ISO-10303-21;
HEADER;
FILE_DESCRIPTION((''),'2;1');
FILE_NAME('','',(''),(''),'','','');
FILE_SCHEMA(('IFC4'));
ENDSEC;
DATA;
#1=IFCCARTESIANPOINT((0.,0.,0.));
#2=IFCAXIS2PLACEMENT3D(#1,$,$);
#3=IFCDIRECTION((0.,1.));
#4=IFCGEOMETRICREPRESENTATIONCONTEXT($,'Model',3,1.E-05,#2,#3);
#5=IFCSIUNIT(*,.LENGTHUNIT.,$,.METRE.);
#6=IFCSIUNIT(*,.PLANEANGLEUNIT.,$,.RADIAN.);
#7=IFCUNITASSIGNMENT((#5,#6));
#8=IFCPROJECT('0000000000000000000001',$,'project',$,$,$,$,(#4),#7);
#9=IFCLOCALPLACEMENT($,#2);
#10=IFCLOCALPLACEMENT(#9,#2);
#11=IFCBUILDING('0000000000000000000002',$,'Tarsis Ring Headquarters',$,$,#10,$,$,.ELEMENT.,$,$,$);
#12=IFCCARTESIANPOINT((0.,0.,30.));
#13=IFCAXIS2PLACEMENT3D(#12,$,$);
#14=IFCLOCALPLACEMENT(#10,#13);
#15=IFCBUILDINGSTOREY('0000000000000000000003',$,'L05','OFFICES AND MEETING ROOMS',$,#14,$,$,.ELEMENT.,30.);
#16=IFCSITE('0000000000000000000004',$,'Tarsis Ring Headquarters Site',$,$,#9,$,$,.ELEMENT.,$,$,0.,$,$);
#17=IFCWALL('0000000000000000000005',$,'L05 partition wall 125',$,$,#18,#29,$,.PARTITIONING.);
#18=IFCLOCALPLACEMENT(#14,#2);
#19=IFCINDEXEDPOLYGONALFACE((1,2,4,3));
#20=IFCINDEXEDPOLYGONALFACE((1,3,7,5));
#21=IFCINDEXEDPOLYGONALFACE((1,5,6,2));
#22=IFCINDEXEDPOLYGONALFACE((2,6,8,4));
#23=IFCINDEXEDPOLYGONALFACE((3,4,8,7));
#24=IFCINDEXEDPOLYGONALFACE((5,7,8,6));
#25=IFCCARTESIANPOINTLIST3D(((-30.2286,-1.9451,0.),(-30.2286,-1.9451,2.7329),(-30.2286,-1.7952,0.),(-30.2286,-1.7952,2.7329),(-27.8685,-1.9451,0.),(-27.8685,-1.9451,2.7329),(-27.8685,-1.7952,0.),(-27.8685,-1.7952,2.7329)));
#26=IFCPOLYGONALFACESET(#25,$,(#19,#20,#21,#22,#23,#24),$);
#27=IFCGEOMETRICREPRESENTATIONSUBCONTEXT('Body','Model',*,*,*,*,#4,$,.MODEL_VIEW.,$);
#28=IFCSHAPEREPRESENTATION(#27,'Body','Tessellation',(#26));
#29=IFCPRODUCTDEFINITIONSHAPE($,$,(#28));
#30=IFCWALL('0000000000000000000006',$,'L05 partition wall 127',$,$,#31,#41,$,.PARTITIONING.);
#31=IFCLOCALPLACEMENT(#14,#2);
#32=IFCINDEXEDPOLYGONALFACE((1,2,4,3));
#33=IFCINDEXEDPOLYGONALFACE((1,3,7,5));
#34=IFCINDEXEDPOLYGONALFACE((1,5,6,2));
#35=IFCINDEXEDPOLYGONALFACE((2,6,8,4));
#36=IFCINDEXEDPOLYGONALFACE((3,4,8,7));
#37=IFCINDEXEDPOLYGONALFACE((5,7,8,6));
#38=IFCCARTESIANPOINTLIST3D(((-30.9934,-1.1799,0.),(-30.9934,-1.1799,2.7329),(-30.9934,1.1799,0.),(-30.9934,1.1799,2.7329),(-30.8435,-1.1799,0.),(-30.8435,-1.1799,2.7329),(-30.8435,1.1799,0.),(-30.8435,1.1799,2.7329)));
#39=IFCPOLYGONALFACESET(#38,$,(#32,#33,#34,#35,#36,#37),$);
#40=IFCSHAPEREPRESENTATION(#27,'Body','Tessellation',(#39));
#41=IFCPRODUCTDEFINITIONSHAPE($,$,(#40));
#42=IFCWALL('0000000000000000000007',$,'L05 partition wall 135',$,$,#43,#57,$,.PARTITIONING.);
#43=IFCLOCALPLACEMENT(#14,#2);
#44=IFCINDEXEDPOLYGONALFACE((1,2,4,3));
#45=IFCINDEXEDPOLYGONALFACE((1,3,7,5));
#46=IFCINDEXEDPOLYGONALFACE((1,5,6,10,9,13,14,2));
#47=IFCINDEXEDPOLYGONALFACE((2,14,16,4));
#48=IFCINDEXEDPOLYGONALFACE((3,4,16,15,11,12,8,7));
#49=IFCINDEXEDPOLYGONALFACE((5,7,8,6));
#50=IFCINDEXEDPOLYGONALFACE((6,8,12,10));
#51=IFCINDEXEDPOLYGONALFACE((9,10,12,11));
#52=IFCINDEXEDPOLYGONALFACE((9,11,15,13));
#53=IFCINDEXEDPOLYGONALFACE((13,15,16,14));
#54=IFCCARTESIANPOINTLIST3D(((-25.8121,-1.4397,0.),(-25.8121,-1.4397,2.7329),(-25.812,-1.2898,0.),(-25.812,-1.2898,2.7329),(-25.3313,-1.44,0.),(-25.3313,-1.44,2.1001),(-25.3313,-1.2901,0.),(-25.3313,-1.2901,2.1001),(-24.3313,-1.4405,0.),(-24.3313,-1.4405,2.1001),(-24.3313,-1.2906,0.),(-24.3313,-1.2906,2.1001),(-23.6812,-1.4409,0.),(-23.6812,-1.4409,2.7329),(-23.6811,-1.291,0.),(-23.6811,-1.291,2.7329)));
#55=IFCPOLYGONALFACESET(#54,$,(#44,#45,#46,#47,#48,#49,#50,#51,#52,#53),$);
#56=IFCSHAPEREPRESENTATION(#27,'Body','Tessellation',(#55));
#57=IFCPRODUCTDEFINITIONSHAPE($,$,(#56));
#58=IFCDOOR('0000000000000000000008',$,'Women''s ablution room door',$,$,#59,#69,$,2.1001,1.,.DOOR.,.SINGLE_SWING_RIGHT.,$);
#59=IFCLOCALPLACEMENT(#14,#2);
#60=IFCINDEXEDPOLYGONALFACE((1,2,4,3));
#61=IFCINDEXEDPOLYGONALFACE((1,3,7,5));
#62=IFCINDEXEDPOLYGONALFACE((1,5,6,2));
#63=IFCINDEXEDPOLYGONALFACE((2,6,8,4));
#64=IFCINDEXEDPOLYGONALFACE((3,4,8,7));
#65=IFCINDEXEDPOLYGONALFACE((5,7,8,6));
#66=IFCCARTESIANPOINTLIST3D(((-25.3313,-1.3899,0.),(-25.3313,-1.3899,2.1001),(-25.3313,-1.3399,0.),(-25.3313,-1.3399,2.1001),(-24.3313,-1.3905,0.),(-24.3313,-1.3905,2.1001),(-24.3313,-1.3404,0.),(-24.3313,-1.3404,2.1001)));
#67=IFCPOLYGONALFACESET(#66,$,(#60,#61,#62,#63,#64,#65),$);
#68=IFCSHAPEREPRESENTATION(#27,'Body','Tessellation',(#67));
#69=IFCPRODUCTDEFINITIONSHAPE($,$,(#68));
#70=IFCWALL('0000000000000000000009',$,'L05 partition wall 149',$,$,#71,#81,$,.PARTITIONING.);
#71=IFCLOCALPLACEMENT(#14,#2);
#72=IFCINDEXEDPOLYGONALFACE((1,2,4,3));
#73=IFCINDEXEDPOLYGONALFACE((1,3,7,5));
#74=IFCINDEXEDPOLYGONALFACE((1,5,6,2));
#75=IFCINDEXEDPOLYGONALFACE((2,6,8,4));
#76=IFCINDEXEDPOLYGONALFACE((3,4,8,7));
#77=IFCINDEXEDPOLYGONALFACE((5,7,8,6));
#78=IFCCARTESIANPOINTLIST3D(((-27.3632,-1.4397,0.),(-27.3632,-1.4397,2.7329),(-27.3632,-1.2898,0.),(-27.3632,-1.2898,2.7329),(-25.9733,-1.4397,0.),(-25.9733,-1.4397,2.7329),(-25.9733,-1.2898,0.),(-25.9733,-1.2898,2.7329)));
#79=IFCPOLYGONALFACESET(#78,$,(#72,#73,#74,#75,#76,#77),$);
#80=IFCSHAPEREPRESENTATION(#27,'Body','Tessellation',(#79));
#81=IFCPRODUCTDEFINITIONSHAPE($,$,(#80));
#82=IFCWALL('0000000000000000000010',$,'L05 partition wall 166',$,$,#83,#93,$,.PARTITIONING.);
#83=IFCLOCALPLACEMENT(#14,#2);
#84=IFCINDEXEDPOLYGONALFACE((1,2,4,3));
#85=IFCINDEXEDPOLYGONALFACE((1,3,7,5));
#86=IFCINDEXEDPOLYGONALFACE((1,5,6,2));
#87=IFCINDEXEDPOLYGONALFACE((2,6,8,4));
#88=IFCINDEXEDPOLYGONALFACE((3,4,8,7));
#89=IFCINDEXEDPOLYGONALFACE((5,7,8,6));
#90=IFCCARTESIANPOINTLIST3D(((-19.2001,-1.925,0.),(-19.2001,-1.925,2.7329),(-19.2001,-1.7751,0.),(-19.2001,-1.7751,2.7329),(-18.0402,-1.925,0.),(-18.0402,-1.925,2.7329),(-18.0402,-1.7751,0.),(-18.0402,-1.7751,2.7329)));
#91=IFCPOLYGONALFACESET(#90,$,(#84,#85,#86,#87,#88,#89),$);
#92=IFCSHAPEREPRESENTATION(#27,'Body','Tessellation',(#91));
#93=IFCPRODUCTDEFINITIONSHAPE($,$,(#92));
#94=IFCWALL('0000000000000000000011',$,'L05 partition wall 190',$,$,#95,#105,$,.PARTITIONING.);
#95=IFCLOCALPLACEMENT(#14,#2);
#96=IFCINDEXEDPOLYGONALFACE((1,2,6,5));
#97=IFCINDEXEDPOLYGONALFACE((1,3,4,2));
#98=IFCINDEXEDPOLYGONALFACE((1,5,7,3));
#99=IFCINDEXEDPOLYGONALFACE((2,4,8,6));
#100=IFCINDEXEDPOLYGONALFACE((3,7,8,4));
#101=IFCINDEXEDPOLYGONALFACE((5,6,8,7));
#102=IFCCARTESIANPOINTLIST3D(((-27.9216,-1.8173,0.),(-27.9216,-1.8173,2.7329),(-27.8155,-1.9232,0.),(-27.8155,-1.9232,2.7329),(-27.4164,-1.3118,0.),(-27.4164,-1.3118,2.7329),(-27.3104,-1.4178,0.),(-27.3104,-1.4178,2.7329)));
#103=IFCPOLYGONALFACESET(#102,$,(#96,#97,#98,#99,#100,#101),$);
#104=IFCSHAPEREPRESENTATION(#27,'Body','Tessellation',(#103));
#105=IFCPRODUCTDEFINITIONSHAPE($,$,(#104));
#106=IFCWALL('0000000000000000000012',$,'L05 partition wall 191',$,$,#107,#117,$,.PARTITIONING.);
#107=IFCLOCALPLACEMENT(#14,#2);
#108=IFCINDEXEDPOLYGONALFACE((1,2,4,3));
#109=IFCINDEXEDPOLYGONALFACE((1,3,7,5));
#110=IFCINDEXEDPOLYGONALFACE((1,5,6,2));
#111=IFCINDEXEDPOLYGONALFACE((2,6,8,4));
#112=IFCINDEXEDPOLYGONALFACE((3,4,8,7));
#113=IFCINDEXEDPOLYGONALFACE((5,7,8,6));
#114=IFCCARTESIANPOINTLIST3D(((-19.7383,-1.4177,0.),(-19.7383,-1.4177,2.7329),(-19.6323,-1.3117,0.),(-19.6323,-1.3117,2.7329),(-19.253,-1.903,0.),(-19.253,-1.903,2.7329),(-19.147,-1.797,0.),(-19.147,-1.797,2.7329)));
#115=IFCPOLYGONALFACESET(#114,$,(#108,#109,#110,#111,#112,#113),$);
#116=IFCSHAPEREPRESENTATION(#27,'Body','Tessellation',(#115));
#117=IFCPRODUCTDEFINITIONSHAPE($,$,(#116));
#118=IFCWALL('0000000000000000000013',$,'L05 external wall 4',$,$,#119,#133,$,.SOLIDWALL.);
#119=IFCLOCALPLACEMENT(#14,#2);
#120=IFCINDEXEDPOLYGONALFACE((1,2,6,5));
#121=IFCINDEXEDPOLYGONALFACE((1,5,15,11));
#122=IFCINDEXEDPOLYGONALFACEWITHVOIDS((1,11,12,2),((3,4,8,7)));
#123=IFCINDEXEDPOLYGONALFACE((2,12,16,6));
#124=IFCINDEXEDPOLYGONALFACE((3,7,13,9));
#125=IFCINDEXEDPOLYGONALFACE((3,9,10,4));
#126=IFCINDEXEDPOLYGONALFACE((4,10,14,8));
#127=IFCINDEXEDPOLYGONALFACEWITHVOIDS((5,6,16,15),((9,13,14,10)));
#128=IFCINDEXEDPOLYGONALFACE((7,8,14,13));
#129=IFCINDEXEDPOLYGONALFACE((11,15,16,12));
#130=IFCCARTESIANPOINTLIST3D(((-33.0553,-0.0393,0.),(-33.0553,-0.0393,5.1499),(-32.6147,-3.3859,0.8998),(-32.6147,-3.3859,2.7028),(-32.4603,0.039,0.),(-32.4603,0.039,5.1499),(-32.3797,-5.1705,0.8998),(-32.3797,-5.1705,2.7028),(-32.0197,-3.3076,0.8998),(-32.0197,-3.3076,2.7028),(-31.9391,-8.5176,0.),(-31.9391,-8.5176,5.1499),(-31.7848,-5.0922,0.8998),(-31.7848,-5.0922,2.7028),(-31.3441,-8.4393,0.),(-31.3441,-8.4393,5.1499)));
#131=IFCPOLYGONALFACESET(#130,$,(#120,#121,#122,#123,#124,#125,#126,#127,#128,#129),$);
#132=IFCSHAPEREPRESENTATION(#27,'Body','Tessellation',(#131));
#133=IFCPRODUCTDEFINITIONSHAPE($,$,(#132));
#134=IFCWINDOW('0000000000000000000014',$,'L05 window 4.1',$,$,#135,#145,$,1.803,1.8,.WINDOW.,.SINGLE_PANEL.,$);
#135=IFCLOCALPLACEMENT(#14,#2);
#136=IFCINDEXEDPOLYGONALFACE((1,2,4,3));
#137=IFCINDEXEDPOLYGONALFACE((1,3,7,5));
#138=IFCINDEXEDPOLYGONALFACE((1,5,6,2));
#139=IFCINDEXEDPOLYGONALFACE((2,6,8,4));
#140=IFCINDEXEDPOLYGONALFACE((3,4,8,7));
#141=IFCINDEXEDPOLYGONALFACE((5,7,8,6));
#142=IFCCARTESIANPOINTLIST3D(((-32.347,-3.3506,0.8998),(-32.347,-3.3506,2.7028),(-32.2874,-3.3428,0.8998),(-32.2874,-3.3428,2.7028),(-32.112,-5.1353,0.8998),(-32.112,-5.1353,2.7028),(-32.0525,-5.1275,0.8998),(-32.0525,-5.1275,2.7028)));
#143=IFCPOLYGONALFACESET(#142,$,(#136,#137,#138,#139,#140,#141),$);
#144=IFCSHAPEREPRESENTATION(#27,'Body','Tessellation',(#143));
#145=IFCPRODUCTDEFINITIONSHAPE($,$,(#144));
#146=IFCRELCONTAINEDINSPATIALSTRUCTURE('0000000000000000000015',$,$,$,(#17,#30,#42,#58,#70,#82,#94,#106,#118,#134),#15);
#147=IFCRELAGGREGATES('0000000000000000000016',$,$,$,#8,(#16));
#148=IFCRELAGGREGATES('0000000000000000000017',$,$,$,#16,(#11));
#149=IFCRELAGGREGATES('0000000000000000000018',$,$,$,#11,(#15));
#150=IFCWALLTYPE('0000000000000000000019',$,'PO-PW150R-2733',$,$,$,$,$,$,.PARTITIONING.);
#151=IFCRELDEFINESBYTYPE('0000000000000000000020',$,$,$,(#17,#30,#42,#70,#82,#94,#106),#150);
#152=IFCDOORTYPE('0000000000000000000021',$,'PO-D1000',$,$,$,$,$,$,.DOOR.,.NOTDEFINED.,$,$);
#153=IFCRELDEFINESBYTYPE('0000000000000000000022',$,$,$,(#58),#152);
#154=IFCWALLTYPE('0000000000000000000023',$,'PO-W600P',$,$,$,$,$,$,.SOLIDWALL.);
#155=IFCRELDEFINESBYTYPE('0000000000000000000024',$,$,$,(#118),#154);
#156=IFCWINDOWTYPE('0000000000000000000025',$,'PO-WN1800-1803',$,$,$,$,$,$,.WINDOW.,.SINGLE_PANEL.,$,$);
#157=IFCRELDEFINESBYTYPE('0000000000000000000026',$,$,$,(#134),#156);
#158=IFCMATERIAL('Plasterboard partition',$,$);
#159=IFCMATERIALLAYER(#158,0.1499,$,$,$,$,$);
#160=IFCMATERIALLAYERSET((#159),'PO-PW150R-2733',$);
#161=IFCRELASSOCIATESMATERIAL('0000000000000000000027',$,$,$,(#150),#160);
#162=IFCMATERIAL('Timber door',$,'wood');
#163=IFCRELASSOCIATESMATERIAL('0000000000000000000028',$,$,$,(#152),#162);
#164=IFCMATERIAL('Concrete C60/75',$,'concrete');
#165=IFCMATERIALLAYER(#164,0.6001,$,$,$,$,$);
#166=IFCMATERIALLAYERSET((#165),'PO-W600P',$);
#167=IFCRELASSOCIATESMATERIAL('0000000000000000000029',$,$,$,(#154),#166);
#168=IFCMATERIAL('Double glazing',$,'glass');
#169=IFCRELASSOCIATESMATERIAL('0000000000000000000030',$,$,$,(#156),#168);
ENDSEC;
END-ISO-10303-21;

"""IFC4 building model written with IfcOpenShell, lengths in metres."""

from ifc_helpers import new_model, si_unit, direction, frame, frame_2d, origin, place, context, subcontext, project, spatial, rectangle, extrude, material, layer, layer_set, type_object, element, fill, save


model = new_model("IFC4")

# Units and contexts
model_context = context("Model", 3, precision=1e-05, world=origin(), true_north=direction((0.0, 1.0)))
body_context = subcontext(model_context, "Body", "Model", "MODEL_VIEW")
ifc_project = project(units=[si_unit("LENGTHUNIT", "METRE"), si_unit("PLANEANGLEUNIT", "RADIAN")], contexts=[model_context])

# Site, building, storey
site_placement = place(None, origin())
site = spatial("IfcSite", under=ifc_project, at=site_placement, Name="Tarsis Ring Headquarters Site", CompositionType="ELEMENT", RefElevation=0.0)
building_placement = place(site_placement, origin())
building = spatial("IfcBuilding", under=site, at=building_placement, Name="Tarsis Ring Headquarters", CompositionType="ELEMENT")
storey_placement = place(building_placement, frame((0.0, 0.0, 30.0)))
storey = spatial("IfcBuildingStorey", under=building, at=storey_placement, Name="L05", Description="OFFICES AND MEETING ROOMS", CompositionType="ELEMENT", Elevation=30.0)

# Walls
ifc_material_1 = material(Name="Plasterboard partition")
ifc_layer_1 = layer(ifc_material_1, 0.1499)
ifc_layer_set_1 = layer_set([ifc_layer_1], Name="PO-PW150R-2733")
wall_type_1 = type_object("IfcWallType", Name="PO-PW150R-2733", PredefinedType="PARTITIONING", material=ifc_layer_set_1)
wall_1_placement = place(storey_placement, frame((-27.8684, -1.8701, 0.0), z_axis=(0.0, 0.0, 1.0), x_axis=(-1.0, 0.0, 0.0)))
element("IfcWall", 1, at=wall_1_placement, inside=storey, type_object=wall_type_1, Name="L05 partition wall 125", PredefinedType="PARTITIONING", context=body_context, shape_type="SweptSolid", body=[
    extrude(rectangle(XDim=2.3601, YDim=0.1499, at=frame_2d((1.1802, 0.0))), origin(), (0.0, 0.0, 1.0), 2.7329),
])
wall_2_placement = place(storey_placement, frame((-30.9185, -1.1799, 0.0), z_axis=(0.0, 0.0, 1.0), x_axis=(0.0, 1.0, 0.0)))
element("IfcWall", 2, at=wall_2_placement, inside=storey, type_object=wall_type_1, Name="L05 partition wall 127", PredefinedType="PARTITIONING", context=body_context, shape_type="SweptSolid", body=[
    extrude(rectangle(XDim=2.3599, YDim=0.1499, at=frame_2d((1.1799, 0.0))), origin(), (0.0, 0.0, 1.0), 2.7329),
])

# Wall, opening, door
wall_3_placement = place(storey_placement, frame((-23.6812, -1.366, 0.0), z_axis=(0.0, 0.0, 1.0), x_axis=(-1.0, 0.000573, 0.0)))
wall_3 = element("IfcWall", 3, at=wall_3_placement, inside=storey, type_object=wall_type_1, Name="L05 partition wall 135", PredefinedType="PARTITIONING", context=body_context, shape_type="SweptSolid", body=[
    extrude(rectangle(XDim=2.1309, YDim=0.1499, at=frame_2d((1.0654, 0.0))), origin(), (0.0, 0.0, 1.0), 2.7329),
])
opening_1_placement = place(wall_3_placement, frame((0.6501, 0.0, 0.0)))
opening_1 = element("IfcOpeningElement", 4, at=opening_1_placement, cuts=wall_3, PredefinedType="OPENING", context=body_context, shape_type="SweptSolid", body=[
    extrude(rectangle(XDim=1.0, YDim=2.1001, at=frame_2d((0.5, 1.05))), frame((0.0, 0.085, 0.0), z_axis=(0.0, -1.0, 0.0), x_axis=(1.0, 0.0, 0.0)), (0.0, 0.0, 1.0), 0.1699),
])
ifc_material_2 = material(Name="Timber door", Category="wood")
door_type = type_object("IfcDoorType", Name="PO-D1000", OperationType="NOTDEFINED", PredefinedType="DOOR", material=ifc_material_2)
door_placement = place(opening_1_placement, origin())
door = element("IfcDoor", 5, at=door_placement, inside=storey, type_object=door_type, Name="Women's ablution room door", OperationType="SINGLE_SWING_RIGHT", OverallHeight=2.1001, OverallWidth=1.0, PredefinedType="DOOR", context=body_context, shape_type="SweptSolid", body=[
    extrude(rectangle(XDim=1.0, YDim=2.1001, at=frame_2d((0.5, 1.05))), frame((0.0, 0.0249, 0.0), z_axis=(0.0, -1.0, 0.0), x_axis=(1.0, 0.0, 0.0)), (0.0, 0.0, 1.0), 0.05),
])
fill(opening_1, door)

# Walls
wall_4_placement = place(storey_placement, frame((-25.9734, -1.3647, 0.0), z_axis=(0.0, 0.0, 1.0), x_axis=(-1.0, 0.0, 0.0)))
element("IfcWall", 6, at=wall_4_placement, inside=storey, type_object=wall_type_1, Name="L05 partition wall 149", PredefinedType="PARTITIONING", context=body_context, shape_type="SweptSolid", body=[
    extrude(rectangle(XDim=1.3899, YDim=0.1499, at=frame_2d((0.6948, 0.0))), origin(), (0.0, 0.0, 1.0), 2.7329),
])
wall_5_placement = place(storey_placement, frame((-18.04, -1.8501, 0.0), z_axis=(0.0, 0.0, 1.0), x_axis=(-1.0, 0.0, 0.0)))
element("IfcWall", 7, at=wall_5_placement, inside=storey, type_object=wall_type_1, Name="L05 partition wall 166", PredefinedType="PARTITIONING", context=body_context, shape_type="SweptSolid", body=[
    extrude(rectangle(XDim=1.1599, YDim=0.1499, at=frame_2d((0.5801, 0.0))), origin(), (0.0, 0.0, 1.0), 2.7329),
])
wall_6_placement = place(storey_placement, frame((-27.3633, -1.3647, 0.0), z_axis=(0.0, 0.0, 1.0), x_axis=(-0.706936, -0.707278, 0.0)))
element("IfcWall", 8, at=wall_6_placement, inside=storey, type_object=wall_type_1, Name="L05 partition wall 190", PredefinedType="PARTITIONING", context=body_context, shape_type="SweptSolid", body=[
    extrude(rectangle(XDim=0.7146, YDim=0.1499, at=frame_2d((0.3574, 0.0))), origin(), (0.0, 0.0, 1.0), 2.7329),
])
wall_7_placement = place(storey_placement, frame((-19.2, -1.8501, 0.0), z_axis=(0.0, 0.0, 1.0), x_axis=(-0.707107, 0.707107, 0.0)))
element("IfcWall", 9, at=wall_7_placement, inside=storey, type_object=wall_type_1, Name="L05 partition wall 191", PredefinedType="PARTITIONING", context=body_context, shape_type="SweptSolid", body=[
    extrude(rectangle(XDim=0.6863, YDim=0.1499, at=frame_2d((0.3433, 0.0))), origin(), (0.0, 0.0, 1.0), 2.7329),
])

# Wall, opening, window
ifc_material_3 = material(Name="Concrete C60/75", Category="concrete")
ifc_layer_2 = layer(ifc_material_3, 0.6001)
ifc_layer_set_2 = layer_set([ifc_layer_2], Name="PO-W600P")
wall_type_2 = type_object("IfcWallType", Name="PO-W600P", PredefinedType="SOLIDWALL", material=ifc_layer_set_2)
wall_8_placement = place(storey_placement, frame((-32.7578, 0.0, 0.0), z_axis=(0.0, 0.0, 1.0), x_axis=(0.130529, -0.991444, 0.0)))
wall_8 = element("IfcWall", 10, at=wall_8_placement, inside=storey, type_object=wall_type_2, Name="L05 external wall 4", PredefinedType="SOLIDWALL", context=body_context, shape_type="SweptSolid", body=[
    extrude(rectangle(XDim=8.5515, YDim=0.6001, at=frame_2d((4.2759, 0.0))), origin(), (0.0, 0.0, 1.0), 5.1499),
])
opening_2_placement = place(wall_8_placement, frame((3.3757, 0.0, 0.8999)))
opening_2 = element("IfcOpeningElement", 11, at=opening_2_placement, cuts=wall_8, PredefinedType="OPENING", context=body_context, shape_type="SweptSolid", body=[
    extrude(rectangle(XDim=1.8, YDim=1.803, at=frame_2d((0.8999, 0.9014))), frame((0.0, 0.3101, 0.0), z_axis=(0.0, -1.0, 0.0), x_axis=(1.0, 0.0, 0.0)), (0.0, 0.0, 1.0), 0.6201),
])
ifc_material_4 = material(Name="Double glazing", Category="glass")
window_type = type_object("IfcWindowType", Name="PO-WN1800-1803", PartitioningType="SINGLE_PANEL", PredefinedType="WINDOW", material=ifc_material_4)
window_placement = place(opening_2_placement, origin())
window = element("IfcWindow", 12, at=window_placement, inside=storey, type_object=window_type, Name="L05 window 4.1", OverallHeight=1.803, OverallWidth=1.8, PartitioningType="SINGLE_PANEL", PredefinedType="WINDOW", context=body_context, shape_type="SweptSolid", body=[
    extrude(rectangle(XDim=1.8, YDim=1.803, at=frame_2d((0.8999, 0.9014))), frame((0.0, 0.03, 0.0), z_axis=(0.0, -1.0, 0.0), x_axis=(1.0, 0.0, 0.0)), (0.0, 0.0, 1.0), 0.0601),
])
fill(opening_2, window)

save(model, "model.ifc")
